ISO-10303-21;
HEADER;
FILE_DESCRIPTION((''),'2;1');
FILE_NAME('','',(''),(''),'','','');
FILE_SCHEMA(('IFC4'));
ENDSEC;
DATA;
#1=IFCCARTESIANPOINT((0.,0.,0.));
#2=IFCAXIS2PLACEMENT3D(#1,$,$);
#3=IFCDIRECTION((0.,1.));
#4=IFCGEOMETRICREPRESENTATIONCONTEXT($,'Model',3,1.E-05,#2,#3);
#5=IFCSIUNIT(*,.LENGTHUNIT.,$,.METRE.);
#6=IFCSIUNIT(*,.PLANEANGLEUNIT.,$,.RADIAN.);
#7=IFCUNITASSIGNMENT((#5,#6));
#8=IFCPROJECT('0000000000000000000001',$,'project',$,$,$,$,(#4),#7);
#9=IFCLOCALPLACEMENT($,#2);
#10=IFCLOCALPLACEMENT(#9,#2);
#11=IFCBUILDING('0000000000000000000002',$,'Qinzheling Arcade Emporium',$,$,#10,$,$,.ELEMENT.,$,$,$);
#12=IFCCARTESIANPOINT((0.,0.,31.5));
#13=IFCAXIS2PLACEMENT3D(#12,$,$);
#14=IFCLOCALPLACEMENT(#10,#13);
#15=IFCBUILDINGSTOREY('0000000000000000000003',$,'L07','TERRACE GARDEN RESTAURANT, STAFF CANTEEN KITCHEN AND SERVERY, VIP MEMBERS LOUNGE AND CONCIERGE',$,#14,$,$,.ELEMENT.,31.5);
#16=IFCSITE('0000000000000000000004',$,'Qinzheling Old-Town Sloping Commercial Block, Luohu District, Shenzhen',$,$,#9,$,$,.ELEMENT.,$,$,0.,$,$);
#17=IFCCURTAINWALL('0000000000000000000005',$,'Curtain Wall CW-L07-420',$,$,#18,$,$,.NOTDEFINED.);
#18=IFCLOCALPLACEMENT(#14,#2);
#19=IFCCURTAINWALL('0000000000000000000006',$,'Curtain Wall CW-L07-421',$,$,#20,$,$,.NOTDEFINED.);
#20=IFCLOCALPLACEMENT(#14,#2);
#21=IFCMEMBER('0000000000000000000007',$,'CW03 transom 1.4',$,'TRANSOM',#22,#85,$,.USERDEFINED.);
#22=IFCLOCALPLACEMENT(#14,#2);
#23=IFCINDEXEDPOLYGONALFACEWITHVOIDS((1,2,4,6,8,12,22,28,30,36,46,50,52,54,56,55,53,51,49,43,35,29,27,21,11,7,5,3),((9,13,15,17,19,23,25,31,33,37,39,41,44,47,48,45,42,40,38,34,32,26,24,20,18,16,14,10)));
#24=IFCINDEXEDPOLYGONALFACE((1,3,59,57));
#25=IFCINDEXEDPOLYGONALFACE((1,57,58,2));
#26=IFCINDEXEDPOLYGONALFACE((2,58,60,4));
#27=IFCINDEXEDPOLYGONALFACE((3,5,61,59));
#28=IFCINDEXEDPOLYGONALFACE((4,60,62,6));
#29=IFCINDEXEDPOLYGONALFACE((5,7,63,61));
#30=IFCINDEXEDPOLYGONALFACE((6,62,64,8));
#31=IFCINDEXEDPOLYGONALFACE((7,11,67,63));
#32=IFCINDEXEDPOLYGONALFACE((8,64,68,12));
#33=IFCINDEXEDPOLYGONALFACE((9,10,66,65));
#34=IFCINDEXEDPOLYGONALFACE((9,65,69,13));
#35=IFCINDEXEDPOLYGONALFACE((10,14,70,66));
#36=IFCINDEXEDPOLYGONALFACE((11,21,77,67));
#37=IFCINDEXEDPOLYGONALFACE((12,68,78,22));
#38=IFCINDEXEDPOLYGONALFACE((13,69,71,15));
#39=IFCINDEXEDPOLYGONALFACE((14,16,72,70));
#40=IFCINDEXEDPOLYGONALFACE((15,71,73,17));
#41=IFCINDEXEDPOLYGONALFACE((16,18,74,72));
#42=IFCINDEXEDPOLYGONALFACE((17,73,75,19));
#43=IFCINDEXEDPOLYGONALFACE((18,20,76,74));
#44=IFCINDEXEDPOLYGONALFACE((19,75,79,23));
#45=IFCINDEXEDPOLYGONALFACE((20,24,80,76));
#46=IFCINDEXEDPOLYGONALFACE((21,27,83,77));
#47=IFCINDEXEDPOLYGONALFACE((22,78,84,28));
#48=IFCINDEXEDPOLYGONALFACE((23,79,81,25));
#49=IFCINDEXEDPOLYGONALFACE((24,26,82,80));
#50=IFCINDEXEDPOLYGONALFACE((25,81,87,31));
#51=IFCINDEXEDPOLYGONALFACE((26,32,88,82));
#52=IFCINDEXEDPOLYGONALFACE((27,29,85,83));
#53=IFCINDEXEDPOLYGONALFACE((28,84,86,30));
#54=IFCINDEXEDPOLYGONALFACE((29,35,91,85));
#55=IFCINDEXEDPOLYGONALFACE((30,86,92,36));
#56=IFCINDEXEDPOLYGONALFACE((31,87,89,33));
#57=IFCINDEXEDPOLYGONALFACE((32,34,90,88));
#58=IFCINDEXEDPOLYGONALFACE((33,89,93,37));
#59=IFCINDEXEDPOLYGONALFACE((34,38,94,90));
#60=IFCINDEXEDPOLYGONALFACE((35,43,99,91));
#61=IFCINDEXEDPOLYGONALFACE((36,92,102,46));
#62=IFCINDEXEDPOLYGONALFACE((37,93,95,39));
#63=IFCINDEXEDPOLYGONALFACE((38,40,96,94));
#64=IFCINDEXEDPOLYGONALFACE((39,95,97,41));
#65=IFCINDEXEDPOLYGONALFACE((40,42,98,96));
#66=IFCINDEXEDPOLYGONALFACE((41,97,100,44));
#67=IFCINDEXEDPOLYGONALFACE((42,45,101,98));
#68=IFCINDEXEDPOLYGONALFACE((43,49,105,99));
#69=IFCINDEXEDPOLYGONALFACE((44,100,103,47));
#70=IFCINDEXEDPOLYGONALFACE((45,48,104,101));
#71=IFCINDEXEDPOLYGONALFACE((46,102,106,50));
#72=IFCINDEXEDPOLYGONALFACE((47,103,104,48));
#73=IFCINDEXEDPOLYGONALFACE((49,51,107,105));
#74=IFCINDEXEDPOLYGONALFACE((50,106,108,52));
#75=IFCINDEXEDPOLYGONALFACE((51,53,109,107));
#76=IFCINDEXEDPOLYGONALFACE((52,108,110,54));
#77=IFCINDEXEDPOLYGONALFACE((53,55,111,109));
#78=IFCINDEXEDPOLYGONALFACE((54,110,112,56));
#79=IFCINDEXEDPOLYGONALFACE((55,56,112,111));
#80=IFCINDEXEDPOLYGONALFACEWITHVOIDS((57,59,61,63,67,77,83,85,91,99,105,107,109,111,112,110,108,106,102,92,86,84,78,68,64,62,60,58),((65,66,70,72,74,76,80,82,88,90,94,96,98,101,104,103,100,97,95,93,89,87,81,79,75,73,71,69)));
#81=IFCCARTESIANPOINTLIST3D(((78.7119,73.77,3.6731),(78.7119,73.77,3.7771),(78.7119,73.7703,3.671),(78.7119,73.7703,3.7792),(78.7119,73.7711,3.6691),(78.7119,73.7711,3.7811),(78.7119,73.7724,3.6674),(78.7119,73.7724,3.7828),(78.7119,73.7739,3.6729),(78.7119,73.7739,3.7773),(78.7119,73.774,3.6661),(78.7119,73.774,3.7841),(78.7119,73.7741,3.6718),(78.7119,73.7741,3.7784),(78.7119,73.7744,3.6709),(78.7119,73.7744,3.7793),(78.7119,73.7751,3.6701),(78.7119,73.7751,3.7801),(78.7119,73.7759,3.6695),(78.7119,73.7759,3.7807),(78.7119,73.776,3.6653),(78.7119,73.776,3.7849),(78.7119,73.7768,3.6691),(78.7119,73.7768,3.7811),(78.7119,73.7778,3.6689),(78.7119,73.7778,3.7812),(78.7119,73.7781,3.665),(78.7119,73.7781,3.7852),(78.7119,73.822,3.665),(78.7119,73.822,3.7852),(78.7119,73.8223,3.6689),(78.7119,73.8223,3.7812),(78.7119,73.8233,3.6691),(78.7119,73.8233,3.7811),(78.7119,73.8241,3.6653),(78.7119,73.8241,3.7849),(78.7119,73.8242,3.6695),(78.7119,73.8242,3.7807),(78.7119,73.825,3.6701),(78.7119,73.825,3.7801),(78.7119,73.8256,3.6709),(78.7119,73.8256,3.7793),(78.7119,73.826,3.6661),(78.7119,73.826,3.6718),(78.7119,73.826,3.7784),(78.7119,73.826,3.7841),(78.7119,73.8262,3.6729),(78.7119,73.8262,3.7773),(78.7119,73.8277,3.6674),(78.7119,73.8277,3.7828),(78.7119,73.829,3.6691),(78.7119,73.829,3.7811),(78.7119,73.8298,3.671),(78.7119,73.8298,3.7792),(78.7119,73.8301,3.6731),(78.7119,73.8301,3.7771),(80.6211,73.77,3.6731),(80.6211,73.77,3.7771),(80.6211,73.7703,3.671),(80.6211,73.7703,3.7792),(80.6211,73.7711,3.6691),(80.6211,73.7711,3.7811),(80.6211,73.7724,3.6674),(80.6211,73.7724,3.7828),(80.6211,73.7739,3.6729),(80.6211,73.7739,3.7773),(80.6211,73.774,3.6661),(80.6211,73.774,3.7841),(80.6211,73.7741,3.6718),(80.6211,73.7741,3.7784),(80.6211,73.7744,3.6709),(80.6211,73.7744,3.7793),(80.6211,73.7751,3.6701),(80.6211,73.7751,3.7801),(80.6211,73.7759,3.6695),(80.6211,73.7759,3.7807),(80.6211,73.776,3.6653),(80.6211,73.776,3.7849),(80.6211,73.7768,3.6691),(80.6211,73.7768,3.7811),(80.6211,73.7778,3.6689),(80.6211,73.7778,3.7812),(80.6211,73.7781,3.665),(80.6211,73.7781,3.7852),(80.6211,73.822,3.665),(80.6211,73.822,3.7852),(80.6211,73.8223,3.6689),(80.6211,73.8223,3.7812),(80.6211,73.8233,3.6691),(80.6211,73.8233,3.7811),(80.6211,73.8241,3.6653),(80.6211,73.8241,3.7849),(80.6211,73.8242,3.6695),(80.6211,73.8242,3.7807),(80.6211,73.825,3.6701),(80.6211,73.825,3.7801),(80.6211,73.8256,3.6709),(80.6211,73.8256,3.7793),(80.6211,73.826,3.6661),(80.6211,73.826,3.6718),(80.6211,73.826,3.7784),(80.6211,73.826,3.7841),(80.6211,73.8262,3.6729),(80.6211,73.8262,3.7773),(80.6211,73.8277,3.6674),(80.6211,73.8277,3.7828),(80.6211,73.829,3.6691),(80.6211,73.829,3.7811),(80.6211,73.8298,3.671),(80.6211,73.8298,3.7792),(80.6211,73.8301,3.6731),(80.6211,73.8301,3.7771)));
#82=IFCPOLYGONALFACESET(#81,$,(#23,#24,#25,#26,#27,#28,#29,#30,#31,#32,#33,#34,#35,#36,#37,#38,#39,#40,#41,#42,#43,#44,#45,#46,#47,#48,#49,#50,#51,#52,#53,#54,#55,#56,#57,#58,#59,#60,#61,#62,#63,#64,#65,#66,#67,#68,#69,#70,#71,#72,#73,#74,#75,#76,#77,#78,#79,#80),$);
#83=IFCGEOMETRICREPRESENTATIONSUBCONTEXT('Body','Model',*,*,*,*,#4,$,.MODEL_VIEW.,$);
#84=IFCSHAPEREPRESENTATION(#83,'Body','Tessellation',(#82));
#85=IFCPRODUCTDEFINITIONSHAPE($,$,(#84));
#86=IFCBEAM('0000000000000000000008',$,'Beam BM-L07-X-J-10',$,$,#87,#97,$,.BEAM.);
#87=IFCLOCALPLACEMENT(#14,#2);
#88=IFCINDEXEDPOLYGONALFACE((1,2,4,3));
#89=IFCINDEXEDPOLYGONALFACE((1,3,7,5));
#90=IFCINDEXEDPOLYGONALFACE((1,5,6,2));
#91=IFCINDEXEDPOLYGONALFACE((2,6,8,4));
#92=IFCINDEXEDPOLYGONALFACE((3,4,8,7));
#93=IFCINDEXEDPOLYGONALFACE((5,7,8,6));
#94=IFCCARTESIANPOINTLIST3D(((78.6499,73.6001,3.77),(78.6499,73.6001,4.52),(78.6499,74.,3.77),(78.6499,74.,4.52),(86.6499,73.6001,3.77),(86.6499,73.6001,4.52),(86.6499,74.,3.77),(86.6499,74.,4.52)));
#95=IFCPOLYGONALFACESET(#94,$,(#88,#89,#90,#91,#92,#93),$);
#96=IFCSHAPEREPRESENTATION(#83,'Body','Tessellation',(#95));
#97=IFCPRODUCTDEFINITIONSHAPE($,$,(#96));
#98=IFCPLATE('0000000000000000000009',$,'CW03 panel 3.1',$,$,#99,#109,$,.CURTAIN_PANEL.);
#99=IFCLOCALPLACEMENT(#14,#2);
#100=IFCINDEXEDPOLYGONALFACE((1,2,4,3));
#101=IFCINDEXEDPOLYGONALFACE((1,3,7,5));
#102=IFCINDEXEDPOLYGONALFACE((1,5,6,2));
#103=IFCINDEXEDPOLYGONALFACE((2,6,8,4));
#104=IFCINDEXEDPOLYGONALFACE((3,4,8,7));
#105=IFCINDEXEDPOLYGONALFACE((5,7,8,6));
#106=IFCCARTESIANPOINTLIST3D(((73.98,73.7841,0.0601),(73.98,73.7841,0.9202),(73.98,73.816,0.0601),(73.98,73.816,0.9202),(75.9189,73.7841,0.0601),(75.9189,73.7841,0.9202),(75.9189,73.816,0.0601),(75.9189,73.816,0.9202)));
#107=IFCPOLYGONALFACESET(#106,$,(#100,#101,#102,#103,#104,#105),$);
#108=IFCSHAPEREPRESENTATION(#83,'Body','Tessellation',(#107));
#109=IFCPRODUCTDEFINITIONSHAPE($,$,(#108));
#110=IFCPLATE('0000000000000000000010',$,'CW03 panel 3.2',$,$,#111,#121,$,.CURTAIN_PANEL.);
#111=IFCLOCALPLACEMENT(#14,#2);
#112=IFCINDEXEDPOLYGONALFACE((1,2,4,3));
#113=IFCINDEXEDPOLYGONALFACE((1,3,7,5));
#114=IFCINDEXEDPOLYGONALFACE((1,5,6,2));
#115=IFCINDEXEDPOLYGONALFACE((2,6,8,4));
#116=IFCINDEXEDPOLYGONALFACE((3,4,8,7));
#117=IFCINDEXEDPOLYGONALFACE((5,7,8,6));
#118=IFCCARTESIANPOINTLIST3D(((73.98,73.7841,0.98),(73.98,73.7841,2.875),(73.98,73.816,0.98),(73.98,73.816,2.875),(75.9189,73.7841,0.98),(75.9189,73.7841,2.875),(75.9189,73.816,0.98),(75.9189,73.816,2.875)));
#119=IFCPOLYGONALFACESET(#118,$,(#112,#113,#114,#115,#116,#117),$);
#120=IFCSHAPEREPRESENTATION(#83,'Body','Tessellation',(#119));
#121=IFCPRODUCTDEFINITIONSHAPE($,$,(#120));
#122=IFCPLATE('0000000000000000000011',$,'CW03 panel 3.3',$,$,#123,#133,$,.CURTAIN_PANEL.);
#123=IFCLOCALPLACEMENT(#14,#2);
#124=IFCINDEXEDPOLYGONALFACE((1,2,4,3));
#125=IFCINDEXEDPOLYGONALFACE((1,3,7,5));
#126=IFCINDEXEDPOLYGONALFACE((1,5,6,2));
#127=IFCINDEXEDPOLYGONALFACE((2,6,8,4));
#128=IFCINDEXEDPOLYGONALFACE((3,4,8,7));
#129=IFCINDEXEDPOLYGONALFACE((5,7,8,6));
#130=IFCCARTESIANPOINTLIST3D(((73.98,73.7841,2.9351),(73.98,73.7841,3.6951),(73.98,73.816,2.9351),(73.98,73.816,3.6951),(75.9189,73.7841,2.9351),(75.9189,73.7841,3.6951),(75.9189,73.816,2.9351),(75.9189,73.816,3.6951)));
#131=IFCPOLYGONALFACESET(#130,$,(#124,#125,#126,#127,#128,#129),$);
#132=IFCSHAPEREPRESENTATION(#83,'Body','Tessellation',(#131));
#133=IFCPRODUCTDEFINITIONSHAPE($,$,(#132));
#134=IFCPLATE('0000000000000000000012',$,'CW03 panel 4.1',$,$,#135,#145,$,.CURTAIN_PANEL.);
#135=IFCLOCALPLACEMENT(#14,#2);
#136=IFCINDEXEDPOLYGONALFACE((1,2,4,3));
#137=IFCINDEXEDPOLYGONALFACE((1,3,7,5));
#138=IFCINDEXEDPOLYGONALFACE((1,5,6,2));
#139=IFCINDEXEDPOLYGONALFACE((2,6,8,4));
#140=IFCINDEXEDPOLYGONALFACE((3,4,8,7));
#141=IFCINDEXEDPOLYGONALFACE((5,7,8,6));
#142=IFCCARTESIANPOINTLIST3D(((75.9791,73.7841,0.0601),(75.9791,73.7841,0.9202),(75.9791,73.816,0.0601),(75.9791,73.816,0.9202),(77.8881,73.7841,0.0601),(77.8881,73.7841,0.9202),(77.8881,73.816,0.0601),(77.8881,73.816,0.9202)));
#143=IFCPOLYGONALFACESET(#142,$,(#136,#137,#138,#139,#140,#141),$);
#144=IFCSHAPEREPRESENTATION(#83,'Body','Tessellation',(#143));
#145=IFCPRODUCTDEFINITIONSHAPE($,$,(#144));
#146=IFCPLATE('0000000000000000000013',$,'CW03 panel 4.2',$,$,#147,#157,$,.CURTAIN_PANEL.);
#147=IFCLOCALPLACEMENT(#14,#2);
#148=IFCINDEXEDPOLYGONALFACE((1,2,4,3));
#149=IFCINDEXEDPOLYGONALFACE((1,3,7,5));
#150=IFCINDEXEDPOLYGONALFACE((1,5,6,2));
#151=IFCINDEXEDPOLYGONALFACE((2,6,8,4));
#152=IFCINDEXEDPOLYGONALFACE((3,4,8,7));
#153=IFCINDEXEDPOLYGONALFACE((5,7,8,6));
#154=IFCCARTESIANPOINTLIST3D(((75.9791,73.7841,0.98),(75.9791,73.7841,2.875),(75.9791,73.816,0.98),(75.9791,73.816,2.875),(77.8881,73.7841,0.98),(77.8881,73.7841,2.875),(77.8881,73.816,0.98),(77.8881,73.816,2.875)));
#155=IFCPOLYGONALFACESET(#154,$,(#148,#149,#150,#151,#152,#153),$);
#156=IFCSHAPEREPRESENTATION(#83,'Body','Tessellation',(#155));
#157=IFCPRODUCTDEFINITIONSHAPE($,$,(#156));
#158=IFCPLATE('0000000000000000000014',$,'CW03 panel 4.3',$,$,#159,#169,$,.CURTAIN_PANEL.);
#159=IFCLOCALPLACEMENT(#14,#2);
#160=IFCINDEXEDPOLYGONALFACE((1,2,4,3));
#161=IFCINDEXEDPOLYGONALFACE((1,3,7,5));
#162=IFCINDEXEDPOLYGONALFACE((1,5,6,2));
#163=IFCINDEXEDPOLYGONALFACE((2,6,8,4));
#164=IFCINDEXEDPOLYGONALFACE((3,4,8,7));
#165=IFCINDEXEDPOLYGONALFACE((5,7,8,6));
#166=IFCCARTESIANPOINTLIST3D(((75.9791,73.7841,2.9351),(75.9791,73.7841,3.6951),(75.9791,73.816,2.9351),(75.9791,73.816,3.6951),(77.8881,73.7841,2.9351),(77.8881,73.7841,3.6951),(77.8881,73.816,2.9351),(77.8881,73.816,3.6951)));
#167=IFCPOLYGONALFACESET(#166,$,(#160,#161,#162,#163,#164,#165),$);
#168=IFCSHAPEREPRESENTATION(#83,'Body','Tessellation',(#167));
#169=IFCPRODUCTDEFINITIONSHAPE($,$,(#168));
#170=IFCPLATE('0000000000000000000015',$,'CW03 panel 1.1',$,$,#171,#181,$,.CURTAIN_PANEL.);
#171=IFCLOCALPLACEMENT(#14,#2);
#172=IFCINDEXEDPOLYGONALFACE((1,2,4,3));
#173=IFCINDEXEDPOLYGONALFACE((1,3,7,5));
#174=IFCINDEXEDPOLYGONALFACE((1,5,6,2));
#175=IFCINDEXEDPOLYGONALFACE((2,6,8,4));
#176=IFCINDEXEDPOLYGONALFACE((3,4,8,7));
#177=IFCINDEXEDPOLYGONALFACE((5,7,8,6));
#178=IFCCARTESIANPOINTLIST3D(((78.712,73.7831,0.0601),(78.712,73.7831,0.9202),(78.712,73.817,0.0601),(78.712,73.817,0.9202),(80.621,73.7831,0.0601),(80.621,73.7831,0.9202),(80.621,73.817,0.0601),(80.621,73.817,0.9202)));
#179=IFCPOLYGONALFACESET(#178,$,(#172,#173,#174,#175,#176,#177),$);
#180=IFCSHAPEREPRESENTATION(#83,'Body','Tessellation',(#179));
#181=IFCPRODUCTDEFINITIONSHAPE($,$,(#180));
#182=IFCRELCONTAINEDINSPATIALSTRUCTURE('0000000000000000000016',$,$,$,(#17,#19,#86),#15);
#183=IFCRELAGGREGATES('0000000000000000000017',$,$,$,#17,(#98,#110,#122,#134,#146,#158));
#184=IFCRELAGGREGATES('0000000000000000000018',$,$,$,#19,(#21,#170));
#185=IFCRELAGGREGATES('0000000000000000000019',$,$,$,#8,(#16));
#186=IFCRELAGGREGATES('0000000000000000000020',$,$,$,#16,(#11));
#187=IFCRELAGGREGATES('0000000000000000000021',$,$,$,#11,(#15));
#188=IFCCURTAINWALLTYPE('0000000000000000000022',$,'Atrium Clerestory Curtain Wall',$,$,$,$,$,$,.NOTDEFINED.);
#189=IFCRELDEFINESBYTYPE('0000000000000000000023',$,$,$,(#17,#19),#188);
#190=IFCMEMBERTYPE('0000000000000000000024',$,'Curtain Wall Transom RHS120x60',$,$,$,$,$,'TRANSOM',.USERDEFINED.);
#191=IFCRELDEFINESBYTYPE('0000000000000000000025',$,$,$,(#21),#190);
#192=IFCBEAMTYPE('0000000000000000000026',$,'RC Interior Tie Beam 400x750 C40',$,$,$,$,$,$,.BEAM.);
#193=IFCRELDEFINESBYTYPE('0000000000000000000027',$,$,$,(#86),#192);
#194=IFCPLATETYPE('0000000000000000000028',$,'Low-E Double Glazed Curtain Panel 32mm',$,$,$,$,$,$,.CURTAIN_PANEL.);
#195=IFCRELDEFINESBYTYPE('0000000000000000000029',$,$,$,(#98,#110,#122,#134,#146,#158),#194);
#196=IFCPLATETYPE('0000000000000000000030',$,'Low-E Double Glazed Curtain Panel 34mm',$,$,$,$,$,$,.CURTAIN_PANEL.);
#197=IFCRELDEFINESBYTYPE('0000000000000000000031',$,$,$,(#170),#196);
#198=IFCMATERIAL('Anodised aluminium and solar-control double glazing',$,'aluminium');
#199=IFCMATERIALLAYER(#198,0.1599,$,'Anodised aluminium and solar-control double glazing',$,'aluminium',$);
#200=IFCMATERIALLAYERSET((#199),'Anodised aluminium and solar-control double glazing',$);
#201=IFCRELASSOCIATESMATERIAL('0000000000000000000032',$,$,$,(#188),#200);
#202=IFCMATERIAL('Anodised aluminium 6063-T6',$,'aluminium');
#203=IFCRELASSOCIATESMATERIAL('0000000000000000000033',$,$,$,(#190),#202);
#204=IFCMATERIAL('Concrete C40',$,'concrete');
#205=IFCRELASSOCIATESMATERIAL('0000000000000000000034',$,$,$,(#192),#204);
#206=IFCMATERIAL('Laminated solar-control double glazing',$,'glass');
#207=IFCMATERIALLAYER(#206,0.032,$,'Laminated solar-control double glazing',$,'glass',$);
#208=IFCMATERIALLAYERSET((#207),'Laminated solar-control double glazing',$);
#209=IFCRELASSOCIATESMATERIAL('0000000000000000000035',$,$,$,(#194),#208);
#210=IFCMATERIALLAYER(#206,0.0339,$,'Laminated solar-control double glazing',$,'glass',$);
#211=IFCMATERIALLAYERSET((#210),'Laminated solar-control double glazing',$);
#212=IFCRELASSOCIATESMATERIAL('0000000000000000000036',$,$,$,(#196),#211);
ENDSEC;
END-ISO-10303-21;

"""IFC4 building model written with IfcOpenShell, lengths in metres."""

from ifc_helpers import new_model, si_unit, direction, frame, origin, origin_2d, place, context, subcontext, project, spatial, rectangle, hollow_rectangle, extrude, material, layer, layer_set, material_profile, profile_set, type_object, element, aggregate, save


model = new_model("IFC4")

# Units and contexts
model_context = context("Model", 3, precision=1e-05, world=origin(), true_north=direction((0.0, 1.0)))
body_context = subcontext(model_context, "Body", "Model", "MODEL_VIEW")
ifc_project = project(units=[si_unit("LENGTHUNIT", "METRE"), si_unit("PLANEANGLEUNIT", "RADIAN")], contexts=[model_context])

# Site, building, storey
site_placement = place(None, origin())
site = spatial("IfcSite", under=ifc_project, at=site_placement, Name="Qinzheling Old-Town Sloping Commercial Block, Luohu District, Shenzhen", CompositionType="ELEMENT", RefElevation=0.0)
building_placement = place(site_placement, origin())
building = spatial("IfcBuilding", under=site, at=building_placement, Name="Qinzheling Arcade Emporium", CompositionType="ELEMENT")
storey_placement = place(building_placement, frame((0.0, 0.0, 31.5)))
storey = spatial("IfcBuildingStorey", under=building, at=storey_placement, Name="L07", Description="TERRACE GARDEN RESTAURANT, STAFF CANTEEN KITCHEN AND SERVERY, VIP MEMBERS LOUNGE AND CONCIERGE", CompositionType="ELEMENT", Elevation=31.5)

# Shared definitions
ifc_material_1 = material(Name="Concrete C40", Category="concrete")

# Curtain wall
ifc_material_2 = material(Name="Anodised aluminium and solar-control double glazing", Category="aluminium")
ifc_layer_1 = layer(ifc_material_2, 0.1599, Name="Anodised aluminium and solar-control double glazing", Category="aluminium")
ifc_layer_set_1 = layer_set([ifc_layer_1], Name="Anodised aluminium and solar-control double glazing")
curtain_wall_type = type_object("IfcCurtainWallType", Name="Atrium Clerestory Curtain Wall", PredefinedType="NOTDEFINED", material=ifc_layer_set_1)
curtain_wall_1_placement = place(storey_placement, origin())
curtain_wall_1 = element("IfcCurtainWall", 1, at=curtain_wall_1_placement, inside=storey, type_object=curtain_wall_type, Name="Curtain Wall CW-L07-420", PredefinedType="NOTDEFINED")
ifc_material_3 = material(Name="Anodised aluminium 6063-T6", Category="aluminium")

# Curtain wall
curtain_wall_2_placement = place(storey_placement, origin())
curtain_wall_2 = element("IfcCurtainWall", 2, at=curtain_wall_2_placement, inside=storey, type_object=curtain_wall_type, Name="Curtain Wall CW-L07-421", PredefinedType="NOTDEFINED")

# Member
ifc_material_profile_1 = material_profile(ifc_material_3, hollow_rectangle(XDim=0.0601, YDim=0.1201, WallThickness=0.0039, InnerFilletRadius=0.0039, OuterFilletRadius=0.0081, at=origin_2d()), Name="RHS 120x60x4", Category="aluminium")
ifc_profile_set_1 = profile_set([ifc_material_profile_1], Name="Anodised aluminium 6063-T6")
member_type_1 = type_object("IfcMemberType", Name="Curtain Wall Transom RHS120x60", ElementType="TRANSOM", PredefinedType="USERDEFINED", material=ifc_profile_set_1)
member_1_placement = place(storey_placement, frame((78.7119, 73.8, 3.7251), z_axis=(1.0, 0.0, 0.0), x_axis=(0.0, 1.0, 0.0)))
member_1 = element("IfcMember", 3, at=member_1_placement, type_object=member_type_1, Name="CW03 transom 1.4", ObjectType="TRANSOM", PredefinedType="USERDEFINED", context=body_context, shape_type="SweptSolid", body=[
    extrude(hollow_rectangle(XDim=0.0601, YDim=0.1201, WallThickness=0.0039, InnerFilletRadius=0.0039, OuterFilletRadius=0.0081, at=origin_2d()), origin(), (0.0, 0.0, 1.0), 1.9092),
])

# Beam
ifc_material_profile_2 = material_profile(ifc_material_1, rectangle(XDim=0.3999, YDim=0.75, at=origin_2d()), Name="RC 400x750", Category="concrete")
ifc_profile_set_2 = profile_set([ifc_material_profile_2], Name="Concrete C40")
beam_type = type_object("IfcBeamType", Name="RC Interior Tie Beam 400x750 C40", PredefinedType="BEAM", material=ifc_profile_set_2)
beam_placement = place(storey_placement, frame((78.6499, 73.8, 4.145), z_axis=(1.0, 0.0, 0.0), x_axis=(0.0, 1.0, 0.0)))
element("IfcBeam", 4, at=beam_placement, inside=storey, type_object=beam_type, Name="Beam BM-L07-X-J-10", PredefinedType="BEAM", context=body_context, shape_type="SweptSolid", body=[
    extrude(rectangle(XDim=0.3999, YDim=0.75, at=origin_2d()), origin(), (0.0, 0.0, 1.0), 8.0),
])

# Plates
ifc_material_4 = material(Name="Laminated solar-control double glazing", Category="glass")
ifc_layer_2 = layer(ifc_material_4, 0.032, Name="Laminated solar-control double glazing", Category="glass")
ifc_layer_set_2 = layer_set([ifc_layer_2], Name="Laminated solar-control double glazing")
plate_type_1 = type_object("IfcPlateType", Name="Low-E Double Glazed Curtain Panel 32mm", PredefinedType="CURTAIN_PANEL", material=ifc_layer_set_2)
plate_1_placement = place(storey_placement, frame((74.9495, 73.8, 0.0601), z_axis=(0.0, 0.0, 1.0), x_axis=(1.0, 0.0, 0.0)))
plate_1 = element("IfcPlate", 5, at=plate_1_placement, type_object=plate_type_1, Name="CW03 panel 3.1", PredefinedType="CURTAIN_PANEL", context=body_context, shape_type="SweptSolid", body=[
    extrude(rectangle(XDim=1.939, YDim=0.032, at=origin_2d()), origin(), (0.0, 0.0, 1.0), 0.8601),
])
plate_2_placement = place(storey_placement, frame((74.9495, 73.8, 0.98), z_axis=(0.0, 0.0, 1.0), x_axis=(1.0, 0.0, 0.0)))
plate_2 = element("IfcPlate", 6, at=plate_2_placement, type_object=plate_type_1, Name="CW03 panel 3.2", PredefinedType="CURTAIN_PANEL", context=body_context, shape_type="SweptSolid", body=[
    extrude(rectangle(XDim=1.939, YDim=0.032, at=origin_2d()), origin(), (0.0, 0.0, 1.0), 1.895),
])
plate_3_placement = place(storey_placement, frame((74.9495, 73.8, 2.9351), z_axis=(0.0, 0.0, 1.0), x_axis=(1.0, 0.0, 0.0)))
plate_3 = element("IfcPlate", 7, at=plate_3_placement, type_object=plate_type_1, Name="CW03 panel 3.3", PredefinedType="CURTAIN_PANEL", context=body_context, shape_type="SweptSolid", body=[
    extrude(rectangle(XDim=1.939, YDim=0.032, at=origin_2d()), origin(), (0.0, 0.0, 1.0), 0.76),
])
plate_4_placement = place(storey_placement, frame((76.9336, 73.8, 0.0601), z_axis=(0.0, 0.0, 1.0), x_axis=(1.0, 0.0, 0.0)))
plate_4 = element("IfcPlate", 8, at=plate_4_placement, type_object=plate_type_1, Name="CW03 panel 4.1", PredefinedType="CURTAIN_PANEL", context=body_context, shape_type="SweptSolid", body=[
    extrude(rectangle(XDim=1.9089, YDim=0.032, at=origin_2d()), origin(), (0.0, 0.0, 1.0), 0.8601),
])
plate_5_placement = place(storey_placement, frame((76.9336, 73.8, 0.98), z_axis=(0.0, 0.0, 1.0), x_axis=(1.0, 0.0, 0.0)))
plate_5 = element("IfcPlate", 9, at=plate_5_placement, type_object=plate_type_1, Name="CW03 panel 4.2", PredefinedType="CURTAIN_PANEL", context=body_context, shape_type="SweptSolid", body=[
    extrude(rectangle(XDim=1.9089, YDim=0.032, at=origin_2d()), origin(), (0.0, 0.0, 1.0), 1.895),
])
plate_6_placement = place(storey_placement, frame((76.9336, 73.8, 2.9351), z_axis=(0.0, 0.0, 1.0), x_axis=(1.0, 0.0, 0.0)))
plate_6 = element("IfcPlate", 10, at=plate_6_placement, type_object=plate_type_1, Name="CW03 panel 4.3", PredefinedType="CURTAIN_PANEL", context=body_context, shape_type="SweptSolid", body=[
    extrude(rectangle(XDim=1.9089, YDim=0.032, at=origin_2d()), origin(), (0.0, 0.0, 1.0), 0.76),
])
aggregate(curtain_wall_1, [plate_1, plate_2, plate_3, plate_4, plate_5, plate_6])
ifc_layer_3 = layer(ifc_material_4, 0.0339, Name="Laminated solar-control double glazing", Category="glass")
ifc_layer_set_3 = layer_set([ifc_layer_3], Name="Laminated solar-control double glazing")
plate_type_2 = type_object("IfcPlateType", Name="Low-E Double Glazed Curtain Panel 34mm", PredefinedType="CURTAIN_PANEL", material=ifc_layer_set_3)
plate_7_placement = place(storey_placement, frame((79.6665, 73.8, 0.0601), z_axis=(0.0, 0.0, 1.0), x_axis=(1.0, 0.0, 0.0)))
plate_7 = element("IfcPlate", 11, at=plate_7_placement, type_object=plate_type_2, Name="CW03 panel 1.1", PredefinedType="CURTAIN_PANEL", context=body_context, shape_type="SweptSolid", body=[
    extrude(rectangle(XDim=1.9089, YDim=0.0339, at=origin_2d()), origin(), (0.0, 0.0, 1.0), 0.8601),
])
aggregate(curtain_wall_2, [member_1, plate_7])

save(model, "model.ifc")
